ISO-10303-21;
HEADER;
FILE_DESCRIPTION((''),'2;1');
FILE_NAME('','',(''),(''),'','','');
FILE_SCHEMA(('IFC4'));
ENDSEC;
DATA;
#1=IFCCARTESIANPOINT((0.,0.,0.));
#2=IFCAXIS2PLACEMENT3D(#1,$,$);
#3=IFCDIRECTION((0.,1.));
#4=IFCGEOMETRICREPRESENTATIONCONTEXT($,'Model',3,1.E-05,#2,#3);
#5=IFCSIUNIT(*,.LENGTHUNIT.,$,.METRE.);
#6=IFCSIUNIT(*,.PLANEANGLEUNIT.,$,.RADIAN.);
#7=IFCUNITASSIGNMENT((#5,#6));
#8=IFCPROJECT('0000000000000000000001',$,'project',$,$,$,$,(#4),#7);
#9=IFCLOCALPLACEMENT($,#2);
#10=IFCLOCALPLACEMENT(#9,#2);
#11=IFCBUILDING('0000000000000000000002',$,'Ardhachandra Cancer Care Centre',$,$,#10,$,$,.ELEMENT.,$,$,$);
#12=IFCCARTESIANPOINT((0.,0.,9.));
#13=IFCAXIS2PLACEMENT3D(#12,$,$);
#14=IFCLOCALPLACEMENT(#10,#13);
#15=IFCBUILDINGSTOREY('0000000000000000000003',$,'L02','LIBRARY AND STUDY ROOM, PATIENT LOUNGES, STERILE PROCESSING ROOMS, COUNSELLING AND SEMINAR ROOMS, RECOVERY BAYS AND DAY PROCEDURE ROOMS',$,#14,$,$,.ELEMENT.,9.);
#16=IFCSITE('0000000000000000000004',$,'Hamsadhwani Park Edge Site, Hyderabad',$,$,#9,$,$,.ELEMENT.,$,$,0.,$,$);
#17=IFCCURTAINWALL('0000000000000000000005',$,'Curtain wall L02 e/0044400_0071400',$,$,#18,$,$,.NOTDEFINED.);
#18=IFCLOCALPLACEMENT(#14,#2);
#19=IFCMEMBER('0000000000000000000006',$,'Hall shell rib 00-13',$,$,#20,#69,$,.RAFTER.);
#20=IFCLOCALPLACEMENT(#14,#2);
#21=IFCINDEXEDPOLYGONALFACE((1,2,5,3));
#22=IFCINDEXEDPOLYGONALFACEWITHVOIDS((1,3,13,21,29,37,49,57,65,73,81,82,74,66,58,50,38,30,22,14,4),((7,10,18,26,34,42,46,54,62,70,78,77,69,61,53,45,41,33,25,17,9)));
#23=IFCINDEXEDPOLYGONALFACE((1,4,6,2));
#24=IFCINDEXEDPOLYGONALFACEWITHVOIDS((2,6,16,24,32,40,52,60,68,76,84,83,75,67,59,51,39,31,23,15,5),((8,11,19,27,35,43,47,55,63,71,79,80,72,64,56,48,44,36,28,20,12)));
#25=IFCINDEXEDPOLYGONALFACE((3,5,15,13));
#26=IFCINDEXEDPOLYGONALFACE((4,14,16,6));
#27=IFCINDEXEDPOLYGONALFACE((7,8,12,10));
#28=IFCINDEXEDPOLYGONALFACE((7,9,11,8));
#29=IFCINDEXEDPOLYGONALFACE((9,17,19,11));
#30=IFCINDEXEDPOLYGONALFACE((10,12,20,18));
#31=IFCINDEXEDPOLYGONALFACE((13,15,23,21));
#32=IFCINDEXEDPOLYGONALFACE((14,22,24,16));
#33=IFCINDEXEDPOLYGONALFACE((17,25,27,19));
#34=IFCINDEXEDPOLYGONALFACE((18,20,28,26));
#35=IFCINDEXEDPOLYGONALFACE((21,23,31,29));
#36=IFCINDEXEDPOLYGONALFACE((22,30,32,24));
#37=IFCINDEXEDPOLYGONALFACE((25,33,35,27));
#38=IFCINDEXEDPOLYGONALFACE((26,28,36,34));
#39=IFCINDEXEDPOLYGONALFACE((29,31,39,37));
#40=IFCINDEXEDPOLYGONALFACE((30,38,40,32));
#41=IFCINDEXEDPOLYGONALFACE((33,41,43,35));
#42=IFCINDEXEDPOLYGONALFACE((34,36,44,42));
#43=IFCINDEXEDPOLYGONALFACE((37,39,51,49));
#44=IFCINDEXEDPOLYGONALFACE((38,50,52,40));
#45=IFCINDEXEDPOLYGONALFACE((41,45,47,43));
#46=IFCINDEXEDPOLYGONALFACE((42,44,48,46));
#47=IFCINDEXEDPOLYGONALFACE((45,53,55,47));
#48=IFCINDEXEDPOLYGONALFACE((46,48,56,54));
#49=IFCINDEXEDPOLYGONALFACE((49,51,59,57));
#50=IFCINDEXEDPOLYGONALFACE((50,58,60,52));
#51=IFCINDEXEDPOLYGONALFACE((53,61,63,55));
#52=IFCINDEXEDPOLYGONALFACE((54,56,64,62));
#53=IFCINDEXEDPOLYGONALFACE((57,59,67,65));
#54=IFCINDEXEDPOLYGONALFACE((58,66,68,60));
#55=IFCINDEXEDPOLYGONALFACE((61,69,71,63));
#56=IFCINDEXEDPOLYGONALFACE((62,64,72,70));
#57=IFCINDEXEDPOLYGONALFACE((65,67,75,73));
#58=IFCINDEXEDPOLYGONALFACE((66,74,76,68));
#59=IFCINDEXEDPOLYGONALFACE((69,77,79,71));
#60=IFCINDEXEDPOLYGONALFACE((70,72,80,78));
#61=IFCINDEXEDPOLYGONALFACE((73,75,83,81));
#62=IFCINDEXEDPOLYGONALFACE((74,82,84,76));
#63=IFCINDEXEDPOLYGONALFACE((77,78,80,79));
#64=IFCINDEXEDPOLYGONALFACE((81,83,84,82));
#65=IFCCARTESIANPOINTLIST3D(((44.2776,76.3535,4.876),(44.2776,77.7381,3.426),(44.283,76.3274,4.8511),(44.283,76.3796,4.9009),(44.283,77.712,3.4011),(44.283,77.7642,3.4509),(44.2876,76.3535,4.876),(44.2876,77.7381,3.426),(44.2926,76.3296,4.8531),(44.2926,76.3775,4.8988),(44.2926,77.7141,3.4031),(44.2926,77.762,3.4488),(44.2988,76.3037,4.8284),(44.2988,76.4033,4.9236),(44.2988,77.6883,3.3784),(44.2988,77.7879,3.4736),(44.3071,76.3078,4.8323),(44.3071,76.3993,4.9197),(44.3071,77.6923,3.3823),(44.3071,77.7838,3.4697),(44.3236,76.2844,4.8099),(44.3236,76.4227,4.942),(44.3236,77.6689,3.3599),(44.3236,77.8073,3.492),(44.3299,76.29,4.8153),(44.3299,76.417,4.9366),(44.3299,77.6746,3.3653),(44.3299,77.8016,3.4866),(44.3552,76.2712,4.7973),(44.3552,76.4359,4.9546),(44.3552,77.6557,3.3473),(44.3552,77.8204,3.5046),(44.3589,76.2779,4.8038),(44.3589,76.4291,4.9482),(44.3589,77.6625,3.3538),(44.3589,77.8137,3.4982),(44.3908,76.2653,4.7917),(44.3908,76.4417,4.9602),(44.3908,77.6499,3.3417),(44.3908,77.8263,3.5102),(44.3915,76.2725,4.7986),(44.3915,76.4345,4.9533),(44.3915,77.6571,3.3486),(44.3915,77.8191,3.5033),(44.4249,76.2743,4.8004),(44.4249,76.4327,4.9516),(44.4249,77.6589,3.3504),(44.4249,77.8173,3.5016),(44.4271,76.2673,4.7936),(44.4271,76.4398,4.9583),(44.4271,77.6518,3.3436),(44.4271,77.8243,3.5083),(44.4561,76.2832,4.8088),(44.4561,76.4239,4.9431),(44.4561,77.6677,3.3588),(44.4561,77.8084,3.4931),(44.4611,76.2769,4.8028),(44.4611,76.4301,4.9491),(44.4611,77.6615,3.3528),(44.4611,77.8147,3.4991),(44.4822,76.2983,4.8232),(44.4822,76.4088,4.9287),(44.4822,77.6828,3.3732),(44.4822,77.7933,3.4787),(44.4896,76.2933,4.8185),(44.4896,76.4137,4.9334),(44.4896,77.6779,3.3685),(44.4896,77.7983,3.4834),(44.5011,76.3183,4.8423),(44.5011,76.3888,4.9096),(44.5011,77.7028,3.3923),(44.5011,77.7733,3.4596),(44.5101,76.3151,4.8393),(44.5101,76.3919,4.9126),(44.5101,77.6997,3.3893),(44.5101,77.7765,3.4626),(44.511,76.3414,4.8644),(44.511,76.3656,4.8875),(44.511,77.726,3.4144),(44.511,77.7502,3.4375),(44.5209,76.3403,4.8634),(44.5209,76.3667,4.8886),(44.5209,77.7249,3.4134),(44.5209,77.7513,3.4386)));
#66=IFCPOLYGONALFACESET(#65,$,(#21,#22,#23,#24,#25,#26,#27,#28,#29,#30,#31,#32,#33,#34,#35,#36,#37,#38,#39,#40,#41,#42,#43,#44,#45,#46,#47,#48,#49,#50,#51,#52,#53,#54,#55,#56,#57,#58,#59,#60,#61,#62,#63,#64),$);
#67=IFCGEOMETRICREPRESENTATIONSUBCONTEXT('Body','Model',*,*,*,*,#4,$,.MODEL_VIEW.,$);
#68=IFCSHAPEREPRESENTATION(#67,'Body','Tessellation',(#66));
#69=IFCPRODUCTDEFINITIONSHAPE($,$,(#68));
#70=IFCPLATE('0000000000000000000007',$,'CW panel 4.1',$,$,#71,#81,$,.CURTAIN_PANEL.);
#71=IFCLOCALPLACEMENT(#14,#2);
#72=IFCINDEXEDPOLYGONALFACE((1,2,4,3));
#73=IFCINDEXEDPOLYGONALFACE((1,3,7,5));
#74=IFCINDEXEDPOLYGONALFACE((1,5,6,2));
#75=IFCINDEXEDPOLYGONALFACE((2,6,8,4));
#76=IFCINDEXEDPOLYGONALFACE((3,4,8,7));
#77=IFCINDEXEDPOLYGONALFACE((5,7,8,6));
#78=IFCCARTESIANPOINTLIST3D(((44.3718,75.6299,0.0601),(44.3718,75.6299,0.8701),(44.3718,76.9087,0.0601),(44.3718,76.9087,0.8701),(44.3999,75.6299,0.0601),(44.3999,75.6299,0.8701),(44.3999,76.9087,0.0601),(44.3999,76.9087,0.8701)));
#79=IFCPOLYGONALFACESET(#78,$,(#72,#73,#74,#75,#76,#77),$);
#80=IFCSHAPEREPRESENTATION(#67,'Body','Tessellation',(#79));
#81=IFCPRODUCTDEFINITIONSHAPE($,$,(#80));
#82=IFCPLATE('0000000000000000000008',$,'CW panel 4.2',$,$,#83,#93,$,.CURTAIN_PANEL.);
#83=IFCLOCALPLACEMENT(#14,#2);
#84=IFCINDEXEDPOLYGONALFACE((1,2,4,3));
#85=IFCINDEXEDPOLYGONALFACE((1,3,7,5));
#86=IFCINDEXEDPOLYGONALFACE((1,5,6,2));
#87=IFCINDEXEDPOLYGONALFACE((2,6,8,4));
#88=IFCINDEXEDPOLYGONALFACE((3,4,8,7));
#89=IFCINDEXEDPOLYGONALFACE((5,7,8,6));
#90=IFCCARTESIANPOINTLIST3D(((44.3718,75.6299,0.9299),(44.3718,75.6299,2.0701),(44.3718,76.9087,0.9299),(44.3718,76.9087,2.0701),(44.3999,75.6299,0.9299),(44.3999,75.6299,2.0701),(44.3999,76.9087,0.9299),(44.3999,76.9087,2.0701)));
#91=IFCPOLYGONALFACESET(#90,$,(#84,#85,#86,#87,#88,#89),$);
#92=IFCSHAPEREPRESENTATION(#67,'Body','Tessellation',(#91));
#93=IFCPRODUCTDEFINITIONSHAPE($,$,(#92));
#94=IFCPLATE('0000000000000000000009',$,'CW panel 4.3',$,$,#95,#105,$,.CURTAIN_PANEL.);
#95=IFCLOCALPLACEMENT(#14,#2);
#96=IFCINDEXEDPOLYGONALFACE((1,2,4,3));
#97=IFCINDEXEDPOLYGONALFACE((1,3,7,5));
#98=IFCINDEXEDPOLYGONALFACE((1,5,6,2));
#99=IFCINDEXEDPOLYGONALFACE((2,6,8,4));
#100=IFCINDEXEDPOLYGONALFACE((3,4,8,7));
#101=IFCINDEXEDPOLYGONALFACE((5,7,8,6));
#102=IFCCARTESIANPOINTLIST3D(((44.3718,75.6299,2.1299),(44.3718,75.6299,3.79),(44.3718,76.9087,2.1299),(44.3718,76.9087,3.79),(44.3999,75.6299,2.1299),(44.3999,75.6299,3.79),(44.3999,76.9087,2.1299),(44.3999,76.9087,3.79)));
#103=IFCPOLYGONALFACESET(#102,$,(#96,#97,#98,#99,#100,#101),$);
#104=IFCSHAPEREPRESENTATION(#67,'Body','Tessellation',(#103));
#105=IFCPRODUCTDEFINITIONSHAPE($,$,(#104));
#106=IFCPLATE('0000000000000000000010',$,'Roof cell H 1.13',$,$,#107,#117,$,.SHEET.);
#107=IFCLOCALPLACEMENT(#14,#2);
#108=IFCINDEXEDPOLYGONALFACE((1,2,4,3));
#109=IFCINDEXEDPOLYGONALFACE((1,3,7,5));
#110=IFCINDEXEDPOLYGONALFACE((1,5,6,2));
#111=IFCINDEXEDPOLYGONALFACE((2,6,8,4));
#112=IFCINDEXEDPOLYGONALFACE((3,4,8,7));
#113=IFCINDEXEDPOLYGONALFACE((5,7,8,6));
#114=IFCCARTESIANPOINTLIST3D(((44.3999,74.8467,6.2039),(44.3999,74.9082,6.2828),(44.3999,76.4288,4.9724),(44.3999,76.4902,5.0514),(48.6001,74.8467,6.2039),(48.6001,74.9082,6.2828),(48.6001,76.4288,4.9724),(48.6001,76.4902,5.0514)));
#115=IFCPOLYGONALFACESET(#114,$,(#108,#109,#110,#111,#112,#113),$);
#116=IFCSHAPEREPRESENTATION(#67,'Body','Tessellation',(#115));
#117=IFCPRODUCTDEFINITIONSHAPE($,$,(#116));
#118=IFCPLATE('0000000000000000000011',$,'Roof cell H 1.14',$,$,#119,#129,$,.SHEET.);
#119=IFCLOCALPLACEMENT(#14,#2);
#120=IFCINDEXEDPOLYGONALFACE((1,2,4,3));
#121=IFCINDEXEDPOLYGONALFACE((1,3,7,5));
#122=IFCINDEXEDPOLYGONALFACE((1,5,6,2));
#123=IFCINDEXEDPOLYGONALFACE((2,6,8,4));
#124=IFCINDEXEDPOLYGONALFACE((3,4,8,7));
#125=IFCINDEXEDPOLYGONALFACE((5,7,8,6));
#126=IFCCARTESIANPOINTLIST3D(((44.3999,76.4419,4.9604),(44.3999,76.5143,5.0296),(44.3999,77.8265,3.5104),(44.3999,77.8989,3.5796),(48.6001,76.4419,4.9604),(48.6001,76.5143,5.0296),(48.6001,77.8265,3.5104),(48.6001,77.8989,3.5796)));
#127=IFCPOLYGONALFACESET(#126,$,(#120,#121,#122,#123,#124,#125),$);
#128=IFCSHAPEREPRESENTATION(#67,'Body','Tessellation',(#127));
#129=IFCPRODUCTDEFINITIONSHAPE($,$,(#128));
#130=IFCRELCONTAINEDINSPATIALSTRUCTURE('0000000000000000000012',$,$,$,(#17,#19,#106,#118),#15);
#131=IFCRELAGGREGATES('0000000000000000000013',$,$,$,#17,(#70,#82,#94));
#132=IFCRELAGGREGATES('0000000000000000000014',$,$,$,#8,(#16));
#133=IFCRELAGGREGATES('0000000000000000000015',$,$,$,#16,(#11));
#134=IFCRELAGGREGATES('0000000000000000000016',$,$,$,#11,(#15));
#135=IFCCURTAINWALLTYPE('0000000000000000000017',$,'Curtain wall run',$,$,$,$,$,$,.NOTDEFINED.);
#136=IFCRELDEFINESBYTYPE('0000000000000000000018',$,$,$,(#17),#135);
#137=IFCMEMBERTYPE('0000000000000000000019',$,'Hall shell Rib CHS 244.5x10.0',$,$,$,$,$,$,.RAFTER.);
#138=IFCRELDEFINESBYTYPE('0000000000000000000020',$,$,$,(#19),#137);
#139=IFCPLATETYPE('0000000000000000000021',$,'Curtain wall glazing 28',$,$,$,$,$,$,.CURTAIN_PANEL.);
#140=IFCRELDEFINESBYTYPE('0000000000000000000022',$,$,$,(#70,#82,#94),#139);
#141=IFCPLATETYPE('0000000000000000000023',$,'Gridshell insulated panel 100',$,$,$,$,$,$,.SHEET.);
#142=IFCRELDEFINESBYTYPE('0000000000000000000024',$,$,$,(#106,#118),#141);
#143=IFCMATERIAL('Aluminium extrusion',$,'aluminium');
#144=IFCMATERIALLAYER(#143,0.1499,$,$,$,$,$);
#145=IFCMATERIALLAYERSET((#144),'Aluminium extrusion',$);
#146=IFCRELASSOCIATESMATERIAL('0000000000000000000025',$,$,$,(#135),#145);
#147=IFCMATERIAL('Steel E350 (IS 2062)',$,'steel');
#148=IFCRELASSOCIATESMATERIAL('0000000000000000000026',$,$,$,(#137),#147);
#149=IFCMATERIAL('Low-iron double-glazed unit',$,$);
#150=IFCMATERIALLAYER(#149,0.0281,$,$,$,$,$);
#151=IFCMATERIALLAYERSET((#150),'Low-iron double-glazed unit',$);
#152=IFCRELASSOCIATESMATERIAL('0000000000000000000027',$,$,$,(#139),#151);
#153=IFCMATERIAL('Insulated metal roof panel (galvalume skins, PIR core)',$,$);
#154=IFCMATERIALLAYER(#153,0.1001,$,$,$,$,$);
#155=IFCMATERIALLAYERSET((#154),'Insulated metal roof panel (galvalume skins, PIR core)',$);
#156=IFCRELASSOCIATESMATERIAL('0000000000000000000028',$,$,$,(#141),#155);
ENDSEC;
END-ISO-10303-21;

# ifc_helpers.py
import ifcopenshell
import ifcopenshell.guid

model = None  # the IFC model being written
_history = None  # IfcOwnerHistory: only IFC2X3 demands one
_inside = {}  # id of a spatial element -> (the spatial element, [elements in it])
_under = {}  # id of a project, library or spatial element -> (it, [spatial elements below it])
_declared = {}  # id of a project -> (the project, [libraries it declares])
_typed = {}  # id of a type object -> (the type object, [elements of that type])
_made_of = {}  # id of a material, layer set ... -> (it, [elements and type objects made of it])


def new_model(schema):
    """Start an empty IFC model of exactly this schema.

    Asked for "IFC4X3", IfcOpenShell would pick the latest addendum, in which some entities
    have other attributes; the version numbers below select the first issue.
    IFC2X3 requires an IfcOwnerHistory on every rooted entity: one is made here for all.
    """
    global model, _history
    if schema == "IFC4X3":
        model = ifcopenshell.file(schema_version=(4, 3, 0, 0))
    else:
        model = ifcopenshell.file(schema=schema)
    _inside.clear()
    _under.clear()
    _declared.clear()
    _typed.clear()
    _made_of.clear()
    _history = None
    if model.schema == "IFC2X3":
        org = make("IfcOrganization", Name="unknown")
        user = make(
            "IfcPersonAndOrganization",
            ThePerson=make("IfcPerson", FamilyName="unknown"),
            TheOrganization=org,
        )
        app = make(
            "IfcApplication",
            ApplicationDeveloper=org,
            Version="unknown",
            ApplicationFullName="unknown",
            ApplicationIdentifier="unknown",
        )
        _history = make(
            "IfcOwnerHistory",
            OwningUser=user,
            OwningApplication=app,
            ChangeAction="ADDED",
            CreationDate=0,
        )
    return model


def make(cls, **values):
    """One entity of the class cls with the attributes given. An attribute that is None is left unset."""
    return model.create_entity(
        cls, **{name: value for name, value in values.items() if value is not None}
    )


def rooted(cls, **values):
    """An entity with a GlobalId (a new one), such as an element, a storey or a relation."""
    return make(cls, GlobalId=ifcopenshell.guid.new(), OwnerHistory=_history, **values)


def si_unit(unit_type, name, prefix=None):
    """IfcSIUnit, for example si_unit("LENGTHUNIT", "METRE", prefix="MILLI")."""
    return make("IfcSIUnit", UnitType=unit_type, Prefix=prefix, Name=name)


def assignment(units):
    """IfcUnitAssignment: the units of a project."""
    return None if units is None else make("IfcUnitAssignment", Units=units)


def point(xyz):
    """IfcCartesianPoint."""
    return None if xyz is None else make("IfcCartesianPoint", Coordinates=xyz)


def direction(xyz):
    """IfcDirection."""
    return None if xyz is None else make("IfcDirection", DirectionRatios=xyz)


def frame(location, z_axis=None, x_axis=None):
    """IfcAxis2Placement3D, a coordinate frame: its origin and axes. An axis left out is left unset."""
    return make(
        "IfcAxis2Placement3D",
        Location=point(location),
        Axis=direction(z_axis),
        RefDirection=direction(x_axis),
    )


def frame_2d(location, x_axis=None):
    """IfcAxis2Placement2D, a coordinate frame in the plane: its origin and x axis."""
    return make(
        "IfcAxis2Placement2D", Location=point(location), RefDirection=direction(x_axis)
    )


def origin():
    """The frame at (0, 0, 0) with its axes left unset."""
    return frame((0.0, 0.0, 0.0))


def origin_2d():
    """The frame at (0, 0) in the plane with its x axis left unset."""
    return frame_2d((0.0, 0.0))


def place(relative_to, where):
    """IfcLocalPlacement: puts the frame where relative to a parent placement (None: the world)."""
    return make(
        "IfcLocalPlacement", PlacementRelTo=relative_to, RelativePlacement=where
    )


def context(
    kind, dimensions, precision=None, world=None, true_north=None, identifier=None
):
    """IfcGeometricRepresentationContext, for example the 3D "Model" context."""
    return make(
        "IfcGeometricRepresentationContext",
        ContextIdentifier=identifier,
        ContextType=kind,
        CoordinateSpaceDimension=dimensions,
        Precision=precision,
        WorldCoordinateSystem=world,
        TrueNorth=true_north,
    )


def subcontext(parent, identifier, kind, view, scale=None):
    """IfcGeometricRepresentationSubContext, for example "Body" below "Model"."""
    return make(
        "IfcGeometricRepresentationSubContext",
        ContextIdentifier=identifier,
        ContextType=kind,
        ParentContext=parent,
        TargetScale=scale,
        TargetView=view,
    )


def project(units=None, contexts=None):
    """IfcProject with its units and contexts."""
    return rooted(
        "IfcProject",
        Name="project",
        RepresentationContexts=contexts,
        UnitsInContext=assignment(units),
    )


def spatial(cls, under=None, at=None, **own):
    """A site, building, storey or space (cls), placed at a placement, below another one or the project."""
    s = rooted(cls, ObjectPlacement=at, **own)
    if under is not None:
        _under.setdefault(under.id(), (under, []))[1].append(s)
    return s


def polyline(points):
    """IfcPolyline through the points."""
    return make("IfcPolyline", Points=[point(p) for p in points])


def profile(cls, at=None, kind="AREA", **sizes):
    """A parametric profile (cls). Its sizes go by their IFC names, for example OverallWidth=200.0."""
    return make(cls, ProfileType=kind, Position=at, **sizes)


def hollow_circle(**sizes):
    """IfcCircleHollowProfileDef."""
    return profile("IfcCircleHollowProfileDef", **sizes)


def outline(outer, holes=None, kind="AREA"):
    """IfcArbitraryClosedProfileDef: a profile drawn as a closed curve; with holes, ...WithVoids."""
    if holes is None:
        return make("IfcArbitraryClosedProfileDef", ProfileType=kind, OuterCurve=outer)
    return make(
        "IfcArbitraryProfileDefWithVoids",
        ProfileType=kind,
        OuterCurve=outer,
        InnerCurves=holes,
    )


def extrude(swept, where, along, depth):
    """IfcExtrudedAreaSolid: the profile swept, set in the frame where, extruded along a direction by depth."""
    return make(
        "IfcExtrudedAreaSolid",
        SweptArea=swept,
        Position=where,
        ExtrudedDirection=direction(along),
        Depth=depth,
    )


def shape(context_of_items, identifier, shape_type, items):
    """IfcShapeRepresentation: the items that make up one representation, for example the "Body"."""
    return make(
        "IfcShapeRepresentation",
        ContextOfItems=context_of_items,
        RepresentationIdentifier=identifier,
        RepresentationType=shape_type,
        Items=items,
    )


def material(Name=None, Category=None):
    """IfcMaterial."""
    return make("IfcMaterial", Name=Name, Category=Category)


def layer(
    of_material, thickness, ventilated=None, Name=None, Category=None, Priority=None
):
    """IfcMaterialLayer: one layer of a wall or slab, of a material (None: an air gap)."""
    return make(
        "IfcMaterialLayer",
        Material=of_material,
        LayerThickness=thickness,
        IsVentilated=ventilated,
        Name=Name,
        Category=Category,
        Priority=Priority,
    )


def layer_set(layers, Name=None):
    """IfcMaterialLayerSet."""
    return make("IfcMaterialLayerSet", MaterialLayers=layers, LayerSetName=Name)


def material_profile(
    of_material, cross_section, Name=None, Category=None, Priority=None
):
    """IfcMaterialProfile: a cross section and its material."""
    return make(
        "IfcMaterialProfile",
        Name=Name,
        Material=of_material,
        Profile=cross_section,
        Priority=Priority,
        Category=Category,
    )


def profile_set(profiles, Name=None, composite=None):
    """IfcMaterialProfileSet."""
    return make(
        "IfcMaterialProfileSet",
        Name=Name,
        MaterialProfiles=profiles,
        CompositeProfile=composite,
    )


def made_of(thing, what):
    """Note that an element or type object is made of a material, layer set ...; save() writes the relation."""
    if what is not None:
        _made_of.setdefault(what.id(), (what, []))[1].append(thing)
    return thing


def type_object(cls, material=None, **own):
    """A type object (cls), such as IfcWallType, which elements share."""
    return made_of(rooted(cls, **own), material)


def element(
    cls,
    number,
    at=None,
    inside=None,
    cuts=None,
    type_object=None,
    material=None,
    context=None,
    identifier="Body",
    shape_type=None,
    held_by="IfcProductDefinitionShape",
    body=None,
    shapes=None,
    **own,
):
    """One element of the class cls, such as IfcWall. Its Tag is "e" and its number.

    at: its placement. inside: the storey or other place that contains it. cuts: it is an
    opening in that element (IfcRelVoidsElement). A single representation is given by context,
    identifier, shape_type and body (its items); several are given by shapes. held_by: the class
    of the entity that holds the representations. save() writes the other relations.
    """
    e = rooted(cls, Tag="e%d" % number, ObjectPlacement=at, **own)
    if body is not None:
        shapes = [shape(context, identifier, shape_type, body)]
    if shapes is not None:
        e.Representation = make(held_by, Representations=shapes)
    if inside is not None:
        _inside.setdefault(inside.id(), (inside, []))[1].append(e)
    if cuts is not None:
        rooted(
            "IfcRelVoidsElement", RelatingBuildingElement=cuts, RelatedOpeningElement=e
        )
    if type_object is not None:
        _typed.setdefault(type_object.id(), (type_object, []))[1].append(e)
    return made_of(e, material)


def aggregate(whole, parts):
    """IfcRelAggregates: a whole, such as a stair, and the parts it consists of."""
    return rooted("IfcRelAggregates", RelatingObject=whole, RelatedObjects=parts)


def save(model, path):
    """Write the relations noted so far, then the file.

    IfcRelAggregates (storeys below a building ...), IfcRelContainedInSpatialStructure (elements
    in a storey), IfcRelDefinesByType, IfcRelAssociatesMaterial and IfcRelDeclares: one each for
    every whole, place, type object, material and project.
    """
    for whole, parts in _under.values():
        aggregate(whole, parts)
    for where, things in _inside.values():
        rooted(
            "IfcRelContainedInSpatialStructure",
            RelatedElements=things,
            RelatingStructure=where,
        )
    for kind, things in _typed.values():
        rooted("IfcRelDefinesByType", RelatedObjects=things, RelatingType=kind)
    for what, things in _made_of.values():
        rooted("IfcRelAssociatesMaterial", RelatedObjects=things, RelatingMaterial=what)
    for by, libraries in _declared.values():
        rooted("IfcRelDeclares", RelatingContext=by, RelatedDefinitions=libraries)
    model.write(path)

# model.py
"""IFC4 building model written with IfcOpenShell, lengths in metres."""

from ifc_helpers import new_model, si_unit, direction, frame, origin, origin_2d, place, context, subcontext, project, spatial, polyline, hollow_circle, outline, extrude, material, layer, layer_set, material_profile, profile_set, type_object, element, aggregate, save


model = new_model("IFC4")

# Units and contexts
model_context = context("Model", 3, precision=1e-05, world=origin(), true_north=direction((0.0, 1.0)))
body_context = subcontext(model_context, "Body", "Model", "MODEL_VIEW")
ifc_project = project(units=[si_unit("LENGTHUNIT", "METRE"), si_unit("PLANEANGLEUNIT", "RADIAN")], contexts=[model_context])

# Site, building, storey
site_placement = place(None, origin())
site = spatial("IfcSite", under=ifc_project, at=site_placement, Name="Hamsadhwani Park Edge Site, Hyderabad", CompositionType="ELEMENT", RefElevation=0.0)
building_placement = place(site_placement, origin())
building = spatial("IfcBuilding", under=site, at=building_placement, Name="Ardhachandra Cancer Care Centre", CompositionType="ELEMENT")
storey_placement = place(building_placement, frame((0.0, 0.0, 9.0)))
storey = spatial("IfcBuildingStorey", under=building, at=storey_placement, Name="L02", Description="LIBRARY AND STUDY ROOM, PATIENT LOUNGES, STERILE PROCESSING ROOMS, COUNSELLING AND SEMINAR ROOMS, RECOVERY BAYS AND DAY PROCEDURE ROOMS", CompositionType="ELEMENT", Elevation=9.0)

# Curtain wall
ifc_material_1 = material(Name="Aluminium extrusion", Category="aluminium")
ifc_layer_1 = layer(ifc_material_1, 0.1499)
ifc_layer_set_1 = layer_set([ifc_layer_1], Name="Aluminium extrusion")
curtain_wall_type = type_object("IfcCurtainWallType", Name="Curtain wall run", PredefinedType="NOTDEFINED", material=ifc_layer_set_1)
curtain_wall_placement = place(storey_placement, origin())
curtain_wall = element("IfcCurtainWall", 1, at=curtain_wall_placement, inside=storey, type_object=curtain_wall_type, Name="Curtain wall L02 e/0044400_0071400", PredefinedType="NOTDEFINED")

# Member
ifc_material_2 = material(Name="Steel E350 (IS 2062)", Category="steel")
ifc_material_profile_1 = material_profile(ifc_material_2, hollow_circle(Radius=0.1223, WallThickness=0.01, at=origin_2d()), Name="CHS 244.5x10.0")
ifc_profile_set_1 = profile_set([ifc_material_profile_1], Name="Steel E350 (IS 2062)")
member_type_1 = type_object("IfcMemberType", Name="Hall shell Rib CHS 244.5x10.0", PredefinedType="RAFTER", material=ifc_profile_set_1)
member_1_placement = place(storey_placement, frame((44.3999, 76.3535, 4.876), z_axis=(0.0, 0.6906, -0.723237), x_axis=(-1.0, 0.0, 0.0)))
element("IfcMember", 2, at=member_1_placement, inside=storey, type_object=member_type_1, Name="Hall shell rib 00-13", PredefinedType="RAFTER", context=body_context, shape_type="SweptSolid", body=[
    extrude(hollow_circle(Radius=0.1223, WallThickness=0.01, at=origin_2d()), origin(), (0.0, 0.0, 1.0), 2.0049),
])

# Plates
ifc_material_3 = material(Name="Low-iron double-glazed unit")
ifc_layer_2 = layer(ifc_material_3, 0.0281)
ifc_layer_set_2 = layer_set([ifc_layer_2], Name="Low-iron double-glazed unit")
plate_type_1 = type_object("IfcPlateType", Name="Curtain wall glazing 28", PredefinedType="CURTAIN_PANEL", material=ifc_layer_set_2)
plate_1_placement = place(storey_placement, frame((44.3999, 75.6299, 0.0601), z_axis=(-1.0, 0.0, 0.0), x_axis=(0.0, 0.0, 1.0)))
plate_1 = element("IfcPlate", 3, at=plate_1_placement, type_object=plate_type_1, Name="CW panel 4.1", PredefinedType="CURTAIN_PANEL", context=body_context, shape_type="SweptSolid", body=[
    extrude(outline(polyline([(0.0, 0.0), (0.8101, 0.0), (0.8101, 1.2788), (0.0, 1.2788), (0.0, 0.0)])), origin(), (0.0, 0.0, 1.0), 0.0281),
])
plate_2_placement = place(storey_placement, frame((44.3999, 75.6299, 0.9299), z_axis=(-1.0, 0.0, 0.0), x_axis=(0.0, 0.0, 1.0)))
plate_2 = element("IfcPlate", 4, at=plate_2_placement, type_object=plate_type_1, Name="CW panel 4.2", PredefinedType="CURTAIN_PANEL", context=body_context, shape_type="SweptSolid", body=[
    extrude(outline(polyline([(0.0, 0.0), (1.1401, 0.0), (1.1401, 1.2788), (0.0, 1.2788), (0.0, 0.0)])), origin(), (0.0, 0.0, 1.0), 0.0281),
])
plate_3_placement = place(storey_placement, frame((44.3999, 75.6299, 2.1299), z_axis=(-1.0, 0.0, 0.0), x_axis=(0.0, 0.0, 1.0)))
plate_3 = element("IfcPlate", 5, at=plate_3_placement, type_object=plate_type_1, Name="CW panel 4.3", PredefinedType="CURTAIN_PANEL", context=body_context, shape_type="SweptSolid", body=[
    extrude(outline(polyline([(0.0, 0.0), (1.6602, 0.0), (1.6602, 1.2788), (0.0, 1.2788), (0.0, 0.0)])), origin(), (0.0, 0.0, 1.0), 0.0281),
])
aggregate(curtain_wall, [plate_1, plate_2, plate_3])

# Plates
ifc_material_4 = material(Name="Insulated metal roof panel (galvalume skins, PIR core)")
ifc_layer_3 = layer(ifc_material_4, 0.1001)
ifc_layer_set_3 = layer_set([ifc_layer_3], Name="Insulated metal roof panel (galvalume skins, PIR core)")
plate_type_2 = type_object("IfcPlateType", Name="Gridshell insulated panel 100", PredefinedType="SHEET", material=ifc_layer_set_3)
for number, where, z_axis, x_axis, name in (
    (6, (44.3999, 74.8467, 6.2039), (0.0, 0.614244, 0.789116), (1.0, 0.0, 0.0), "Roof cell H 1.13"),
    (7, (44.3999, 76.4419, 4.9604), (0.0, 0.723237, 0.6906), (1.0, 0.0, 0.0), "Roof cell H 1.14"),
):
    element("IfcPlate", number, at=place(storey_placement, frame(where, z_axis=z_axis, x_axis=x_axis)), inside=storey, type_object=plate_type_2, Name=name, PredefinedType="SHEET", context=body_context, shape_type="SweptSolid", body=[
        extrude(outline(polyline([(0.0, 0.0), (4.2002, 0.0), (4.2002, 2.0049), (0.0, 2.0049), (0.0, 0.0)])), origin(), (0.0, 0.0, 1.0), 0.1001),
    ])

save(model, "model.ifc")
